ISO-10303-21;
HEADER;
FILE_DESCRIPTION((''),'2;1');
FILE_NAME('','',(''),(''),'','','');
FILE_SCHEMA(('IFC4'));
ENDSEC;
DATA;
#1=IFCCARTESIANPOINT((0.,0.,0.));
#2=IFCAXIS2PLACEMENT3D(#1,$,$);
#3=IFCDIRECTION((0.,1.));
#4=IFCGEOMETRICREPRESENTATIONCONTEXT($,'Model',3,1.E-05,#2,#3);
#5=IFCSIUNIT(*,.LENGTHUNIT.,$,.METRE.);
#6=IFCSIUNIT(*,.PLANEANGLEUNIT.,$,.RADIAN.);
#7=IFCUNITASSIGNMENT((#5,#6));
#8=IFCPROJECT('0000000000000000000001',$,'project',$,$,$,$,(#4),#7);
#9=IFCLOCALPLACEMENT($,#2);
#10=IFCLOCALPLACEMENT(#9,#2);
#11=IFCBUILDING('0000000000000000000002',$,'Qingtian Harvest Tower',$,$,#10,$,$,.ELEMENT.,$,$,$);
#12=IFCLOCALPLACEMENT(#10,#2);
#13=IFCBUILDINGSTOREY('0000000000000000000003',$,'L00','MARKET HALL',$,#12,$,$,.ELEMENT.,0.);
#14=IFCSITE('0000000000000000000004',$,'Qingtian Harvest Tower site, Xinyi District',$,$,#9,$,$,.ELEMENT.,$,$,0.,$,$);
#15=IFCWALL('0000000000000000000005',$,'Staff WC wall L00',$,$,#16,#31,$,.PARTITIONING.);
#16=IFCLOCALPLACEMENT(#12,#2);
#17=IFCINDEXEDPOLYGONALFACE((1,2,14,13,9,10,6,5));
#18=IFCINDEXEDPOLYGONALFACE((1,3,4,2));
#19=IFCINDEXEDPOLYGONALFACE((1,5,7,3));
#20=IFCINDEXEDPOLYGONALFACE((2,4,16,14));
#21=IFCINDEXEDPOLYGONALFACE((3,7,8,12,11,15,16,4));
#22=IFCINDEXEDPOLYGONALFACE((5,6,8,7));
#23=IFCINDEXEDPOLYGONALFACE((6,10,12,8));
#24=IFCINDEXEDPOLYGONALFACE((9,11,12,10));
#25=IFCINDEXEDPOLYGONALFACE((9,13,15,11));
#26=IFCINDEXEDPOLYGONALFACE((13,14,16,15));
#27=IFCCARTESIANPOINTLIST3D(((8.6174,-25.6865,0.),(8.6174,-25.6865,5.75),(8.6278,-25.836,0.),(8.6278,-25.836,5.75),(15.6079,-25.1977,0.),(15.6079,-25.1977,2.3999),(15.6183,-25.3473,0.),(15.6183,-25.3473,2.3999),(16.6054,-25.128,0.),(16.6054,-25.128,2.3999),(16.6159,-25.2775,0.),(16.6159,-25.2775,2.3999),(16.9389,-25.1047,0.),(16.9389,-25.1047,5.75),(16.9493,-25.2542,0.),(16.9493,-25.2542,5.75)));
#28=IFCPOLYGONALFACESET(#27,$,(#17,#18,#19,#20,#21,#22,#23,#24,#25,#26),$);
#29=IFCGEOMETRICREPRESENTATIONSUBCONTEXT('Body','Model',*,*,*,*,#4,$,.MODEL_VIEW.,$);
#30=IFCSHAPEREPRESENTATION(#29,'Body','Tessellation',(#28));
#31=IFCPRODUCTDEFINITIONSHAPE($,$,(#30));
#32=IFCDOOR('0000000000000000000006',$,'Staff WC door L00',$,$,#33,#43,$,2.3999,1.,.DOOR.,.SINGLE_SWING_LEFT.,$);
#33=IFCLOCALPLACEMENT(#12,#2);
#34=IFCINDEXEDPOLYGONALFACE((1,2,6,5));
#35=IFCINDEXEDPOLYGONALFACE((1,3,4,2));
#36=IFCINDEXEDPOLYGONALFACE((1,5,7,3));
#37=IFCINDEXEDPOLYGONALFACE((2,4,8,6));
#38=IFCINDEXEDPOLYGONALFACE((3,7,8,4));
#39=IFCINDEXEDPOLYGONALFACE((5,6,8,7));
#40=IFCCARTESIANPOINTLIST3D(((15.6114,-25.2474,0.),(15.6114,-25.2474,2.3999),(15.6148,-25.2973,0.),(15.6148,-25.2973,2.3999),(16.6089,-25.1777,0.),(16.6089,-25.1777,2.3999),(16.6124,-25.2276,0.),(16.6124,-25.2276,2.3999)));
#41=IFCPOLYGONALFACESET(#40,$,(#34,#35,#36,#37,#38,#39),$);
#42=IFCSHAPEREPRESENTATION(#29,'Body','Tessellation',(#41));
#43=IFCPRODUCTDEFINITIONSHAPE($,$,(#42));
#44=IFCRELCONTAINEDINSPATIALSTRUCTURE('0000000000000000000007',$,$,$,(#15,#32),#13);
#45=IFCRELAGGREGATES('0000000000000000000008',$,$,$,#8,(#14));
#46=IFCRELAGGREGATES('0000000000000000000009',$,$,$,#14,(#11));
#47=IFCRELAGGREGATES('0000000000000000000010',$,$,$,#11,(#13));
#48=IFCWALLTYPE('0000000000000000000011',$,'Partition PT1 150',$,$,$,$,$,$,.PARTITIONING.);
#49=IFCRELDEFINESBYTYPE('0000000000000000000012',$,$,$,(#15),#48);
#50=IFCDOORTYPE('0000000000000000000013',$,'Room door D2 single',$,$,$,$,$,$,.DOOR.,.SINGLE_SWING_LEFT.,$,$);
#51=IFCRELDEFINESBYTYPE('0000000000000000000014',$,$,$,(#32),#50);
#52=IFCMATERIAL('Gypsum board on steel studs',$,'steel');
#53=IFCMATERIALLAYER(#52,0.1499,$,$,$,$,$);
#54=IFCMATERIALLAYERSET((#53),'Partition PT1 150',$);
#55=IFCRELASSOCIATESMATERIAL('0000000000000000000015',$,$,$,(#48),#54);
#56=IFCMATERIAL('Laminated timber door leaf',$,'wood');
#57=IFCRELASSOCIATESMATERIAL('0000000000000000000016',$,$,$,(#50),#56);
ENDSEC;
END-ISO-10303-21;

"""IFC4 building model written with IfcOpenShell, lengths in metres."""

from ifc_helpers import new_model, si_unit, direction, frame, frame_2d, origin, place, context, subcontext, project, spatial, rectangle, extrude, material, layer, layer_set, type_object, element, fill, save


model = new_model("IFC4")

# Units and contexts
model_context = context("Model", 3, precision=1e-05, world=origin(), true_north=direction((0.0, 1.0)))
body_context = subcontext(model_context, "Body", "Model", "MODEL_VIEW")
ifc_project = project(units=[si_unit("LENGTHUNIT", "METRE"), si_unit("PLANEANGLEUNIT", "RADIAN")], contexts=[model_context])

# Site, building, storey
site_placement = place(None, origin())
site = spatial("IfcSite", under=ifc_project, at=site_placement, Name="Qingtian Harvest Tower site, Xinyi District", CompositionType="ELEMENT", RefElevation=0.0)
building_placement = place(site_placement, origin())
building = spatial("IfcBuilding", under=site, at=building_placement, Name="Qingtian Harvest Tower", CompositionType="ELEMENT")
storey_placement = place(building_placement, origin())
storey = spatial("IfcBuildingStorey", under=building, at=storey_placement, Name="L00", Description="MARKET HALL", CompositionType="ELEMENT", Elevation=0.0)

# Shared definitions
ifc_material_1 = material(Name="Gypsum board on steel studs", Category="steel")
ifc_layer_1 = layer(ifc_material_1, 0.1499)
ifc_layer_set_1 = layer_set([ifc_layer_1], Name="Partition PT1 150")
wall_type = type_object("IfcWallType", Name="Partition PT1 150", PredefinedType="PARTITIONING", material=ifc_layer_set_1)

# Wall, opening, door
wall_1_placement = place(storey_placement, frame((16.9441, -25.1794, 0.0), z_axis=(0.0, 0.0, 1.0), x_axis=(-0.997565, -0.069743, 0.0)))
wall_1 = element("IfcWall", 1, at=wall_1_placement, inside=storey, type_object=wall_type, Name="Staff WC wall L00", PredefinedType="PARTITIONING", context=body_context, shape_type="SweptSolid", body=[
    extrude(rectangle(XDim=8.3418, YDim=0.1499, at=frame_2d((4.1709, 0.0))), origin(), (0.0, 0.0, 1.0), 5.75),
])
opening_placement = place(wall_1_placement, frame((0.3342, 0.0, 0.0)))
opening = element("IfcOpeningElement", 2, at=opening_placement, cuts=wall_1, PredefinedType="OPENING", context=body_context, shape_type="SweptSolid", body=[
    extrude(rectangle(XDim=1.0, YDim=2.3999, at=frame_2d((0.5, 1.2))), frame((0.0, 0.085, 0.0), z_axis=(0.0, -1.0, 0.0), x_axis=(1.0, 0.0, 0.0)), (0.0, 0.0, 1.0), 0.1699),
])
ifc_material_2 = material(Name="Laminated timber door leaf", Category="wood")
door_type = type_object("IfcDoorType", Name="Room door D2 single", OperationType="SINGLE_SWING_LEFT", PredefinedType="DOOR", material=ifc_material_2)
door_placement = place(opening_placement, origin())
door = element("IfcDoor", 3, at=door_placement, inside=storey, type_object=door_type, Name="Staff WC door L00", OperationType="SINGLE_SWING_LEFT", OverallHeight=2.3999, OverallWidth=1.0, PredefinedType="DOOR", context=body_context, shape_type="SweptSolid", body=[
    extrude(rectangle(XDim=1.0, YDim=2.3999, at=frame_2d((0.5, 1.2))), frame((0.0, 0.0249, 0.0), z_axis=(0.0, -1.0, 0.0), x_axis=(1.0, 0.0, 0.0)), (0.0, 0.0, 1.0), 0.05),
])
fill(opening, door)

save(model, "model.ifc")
